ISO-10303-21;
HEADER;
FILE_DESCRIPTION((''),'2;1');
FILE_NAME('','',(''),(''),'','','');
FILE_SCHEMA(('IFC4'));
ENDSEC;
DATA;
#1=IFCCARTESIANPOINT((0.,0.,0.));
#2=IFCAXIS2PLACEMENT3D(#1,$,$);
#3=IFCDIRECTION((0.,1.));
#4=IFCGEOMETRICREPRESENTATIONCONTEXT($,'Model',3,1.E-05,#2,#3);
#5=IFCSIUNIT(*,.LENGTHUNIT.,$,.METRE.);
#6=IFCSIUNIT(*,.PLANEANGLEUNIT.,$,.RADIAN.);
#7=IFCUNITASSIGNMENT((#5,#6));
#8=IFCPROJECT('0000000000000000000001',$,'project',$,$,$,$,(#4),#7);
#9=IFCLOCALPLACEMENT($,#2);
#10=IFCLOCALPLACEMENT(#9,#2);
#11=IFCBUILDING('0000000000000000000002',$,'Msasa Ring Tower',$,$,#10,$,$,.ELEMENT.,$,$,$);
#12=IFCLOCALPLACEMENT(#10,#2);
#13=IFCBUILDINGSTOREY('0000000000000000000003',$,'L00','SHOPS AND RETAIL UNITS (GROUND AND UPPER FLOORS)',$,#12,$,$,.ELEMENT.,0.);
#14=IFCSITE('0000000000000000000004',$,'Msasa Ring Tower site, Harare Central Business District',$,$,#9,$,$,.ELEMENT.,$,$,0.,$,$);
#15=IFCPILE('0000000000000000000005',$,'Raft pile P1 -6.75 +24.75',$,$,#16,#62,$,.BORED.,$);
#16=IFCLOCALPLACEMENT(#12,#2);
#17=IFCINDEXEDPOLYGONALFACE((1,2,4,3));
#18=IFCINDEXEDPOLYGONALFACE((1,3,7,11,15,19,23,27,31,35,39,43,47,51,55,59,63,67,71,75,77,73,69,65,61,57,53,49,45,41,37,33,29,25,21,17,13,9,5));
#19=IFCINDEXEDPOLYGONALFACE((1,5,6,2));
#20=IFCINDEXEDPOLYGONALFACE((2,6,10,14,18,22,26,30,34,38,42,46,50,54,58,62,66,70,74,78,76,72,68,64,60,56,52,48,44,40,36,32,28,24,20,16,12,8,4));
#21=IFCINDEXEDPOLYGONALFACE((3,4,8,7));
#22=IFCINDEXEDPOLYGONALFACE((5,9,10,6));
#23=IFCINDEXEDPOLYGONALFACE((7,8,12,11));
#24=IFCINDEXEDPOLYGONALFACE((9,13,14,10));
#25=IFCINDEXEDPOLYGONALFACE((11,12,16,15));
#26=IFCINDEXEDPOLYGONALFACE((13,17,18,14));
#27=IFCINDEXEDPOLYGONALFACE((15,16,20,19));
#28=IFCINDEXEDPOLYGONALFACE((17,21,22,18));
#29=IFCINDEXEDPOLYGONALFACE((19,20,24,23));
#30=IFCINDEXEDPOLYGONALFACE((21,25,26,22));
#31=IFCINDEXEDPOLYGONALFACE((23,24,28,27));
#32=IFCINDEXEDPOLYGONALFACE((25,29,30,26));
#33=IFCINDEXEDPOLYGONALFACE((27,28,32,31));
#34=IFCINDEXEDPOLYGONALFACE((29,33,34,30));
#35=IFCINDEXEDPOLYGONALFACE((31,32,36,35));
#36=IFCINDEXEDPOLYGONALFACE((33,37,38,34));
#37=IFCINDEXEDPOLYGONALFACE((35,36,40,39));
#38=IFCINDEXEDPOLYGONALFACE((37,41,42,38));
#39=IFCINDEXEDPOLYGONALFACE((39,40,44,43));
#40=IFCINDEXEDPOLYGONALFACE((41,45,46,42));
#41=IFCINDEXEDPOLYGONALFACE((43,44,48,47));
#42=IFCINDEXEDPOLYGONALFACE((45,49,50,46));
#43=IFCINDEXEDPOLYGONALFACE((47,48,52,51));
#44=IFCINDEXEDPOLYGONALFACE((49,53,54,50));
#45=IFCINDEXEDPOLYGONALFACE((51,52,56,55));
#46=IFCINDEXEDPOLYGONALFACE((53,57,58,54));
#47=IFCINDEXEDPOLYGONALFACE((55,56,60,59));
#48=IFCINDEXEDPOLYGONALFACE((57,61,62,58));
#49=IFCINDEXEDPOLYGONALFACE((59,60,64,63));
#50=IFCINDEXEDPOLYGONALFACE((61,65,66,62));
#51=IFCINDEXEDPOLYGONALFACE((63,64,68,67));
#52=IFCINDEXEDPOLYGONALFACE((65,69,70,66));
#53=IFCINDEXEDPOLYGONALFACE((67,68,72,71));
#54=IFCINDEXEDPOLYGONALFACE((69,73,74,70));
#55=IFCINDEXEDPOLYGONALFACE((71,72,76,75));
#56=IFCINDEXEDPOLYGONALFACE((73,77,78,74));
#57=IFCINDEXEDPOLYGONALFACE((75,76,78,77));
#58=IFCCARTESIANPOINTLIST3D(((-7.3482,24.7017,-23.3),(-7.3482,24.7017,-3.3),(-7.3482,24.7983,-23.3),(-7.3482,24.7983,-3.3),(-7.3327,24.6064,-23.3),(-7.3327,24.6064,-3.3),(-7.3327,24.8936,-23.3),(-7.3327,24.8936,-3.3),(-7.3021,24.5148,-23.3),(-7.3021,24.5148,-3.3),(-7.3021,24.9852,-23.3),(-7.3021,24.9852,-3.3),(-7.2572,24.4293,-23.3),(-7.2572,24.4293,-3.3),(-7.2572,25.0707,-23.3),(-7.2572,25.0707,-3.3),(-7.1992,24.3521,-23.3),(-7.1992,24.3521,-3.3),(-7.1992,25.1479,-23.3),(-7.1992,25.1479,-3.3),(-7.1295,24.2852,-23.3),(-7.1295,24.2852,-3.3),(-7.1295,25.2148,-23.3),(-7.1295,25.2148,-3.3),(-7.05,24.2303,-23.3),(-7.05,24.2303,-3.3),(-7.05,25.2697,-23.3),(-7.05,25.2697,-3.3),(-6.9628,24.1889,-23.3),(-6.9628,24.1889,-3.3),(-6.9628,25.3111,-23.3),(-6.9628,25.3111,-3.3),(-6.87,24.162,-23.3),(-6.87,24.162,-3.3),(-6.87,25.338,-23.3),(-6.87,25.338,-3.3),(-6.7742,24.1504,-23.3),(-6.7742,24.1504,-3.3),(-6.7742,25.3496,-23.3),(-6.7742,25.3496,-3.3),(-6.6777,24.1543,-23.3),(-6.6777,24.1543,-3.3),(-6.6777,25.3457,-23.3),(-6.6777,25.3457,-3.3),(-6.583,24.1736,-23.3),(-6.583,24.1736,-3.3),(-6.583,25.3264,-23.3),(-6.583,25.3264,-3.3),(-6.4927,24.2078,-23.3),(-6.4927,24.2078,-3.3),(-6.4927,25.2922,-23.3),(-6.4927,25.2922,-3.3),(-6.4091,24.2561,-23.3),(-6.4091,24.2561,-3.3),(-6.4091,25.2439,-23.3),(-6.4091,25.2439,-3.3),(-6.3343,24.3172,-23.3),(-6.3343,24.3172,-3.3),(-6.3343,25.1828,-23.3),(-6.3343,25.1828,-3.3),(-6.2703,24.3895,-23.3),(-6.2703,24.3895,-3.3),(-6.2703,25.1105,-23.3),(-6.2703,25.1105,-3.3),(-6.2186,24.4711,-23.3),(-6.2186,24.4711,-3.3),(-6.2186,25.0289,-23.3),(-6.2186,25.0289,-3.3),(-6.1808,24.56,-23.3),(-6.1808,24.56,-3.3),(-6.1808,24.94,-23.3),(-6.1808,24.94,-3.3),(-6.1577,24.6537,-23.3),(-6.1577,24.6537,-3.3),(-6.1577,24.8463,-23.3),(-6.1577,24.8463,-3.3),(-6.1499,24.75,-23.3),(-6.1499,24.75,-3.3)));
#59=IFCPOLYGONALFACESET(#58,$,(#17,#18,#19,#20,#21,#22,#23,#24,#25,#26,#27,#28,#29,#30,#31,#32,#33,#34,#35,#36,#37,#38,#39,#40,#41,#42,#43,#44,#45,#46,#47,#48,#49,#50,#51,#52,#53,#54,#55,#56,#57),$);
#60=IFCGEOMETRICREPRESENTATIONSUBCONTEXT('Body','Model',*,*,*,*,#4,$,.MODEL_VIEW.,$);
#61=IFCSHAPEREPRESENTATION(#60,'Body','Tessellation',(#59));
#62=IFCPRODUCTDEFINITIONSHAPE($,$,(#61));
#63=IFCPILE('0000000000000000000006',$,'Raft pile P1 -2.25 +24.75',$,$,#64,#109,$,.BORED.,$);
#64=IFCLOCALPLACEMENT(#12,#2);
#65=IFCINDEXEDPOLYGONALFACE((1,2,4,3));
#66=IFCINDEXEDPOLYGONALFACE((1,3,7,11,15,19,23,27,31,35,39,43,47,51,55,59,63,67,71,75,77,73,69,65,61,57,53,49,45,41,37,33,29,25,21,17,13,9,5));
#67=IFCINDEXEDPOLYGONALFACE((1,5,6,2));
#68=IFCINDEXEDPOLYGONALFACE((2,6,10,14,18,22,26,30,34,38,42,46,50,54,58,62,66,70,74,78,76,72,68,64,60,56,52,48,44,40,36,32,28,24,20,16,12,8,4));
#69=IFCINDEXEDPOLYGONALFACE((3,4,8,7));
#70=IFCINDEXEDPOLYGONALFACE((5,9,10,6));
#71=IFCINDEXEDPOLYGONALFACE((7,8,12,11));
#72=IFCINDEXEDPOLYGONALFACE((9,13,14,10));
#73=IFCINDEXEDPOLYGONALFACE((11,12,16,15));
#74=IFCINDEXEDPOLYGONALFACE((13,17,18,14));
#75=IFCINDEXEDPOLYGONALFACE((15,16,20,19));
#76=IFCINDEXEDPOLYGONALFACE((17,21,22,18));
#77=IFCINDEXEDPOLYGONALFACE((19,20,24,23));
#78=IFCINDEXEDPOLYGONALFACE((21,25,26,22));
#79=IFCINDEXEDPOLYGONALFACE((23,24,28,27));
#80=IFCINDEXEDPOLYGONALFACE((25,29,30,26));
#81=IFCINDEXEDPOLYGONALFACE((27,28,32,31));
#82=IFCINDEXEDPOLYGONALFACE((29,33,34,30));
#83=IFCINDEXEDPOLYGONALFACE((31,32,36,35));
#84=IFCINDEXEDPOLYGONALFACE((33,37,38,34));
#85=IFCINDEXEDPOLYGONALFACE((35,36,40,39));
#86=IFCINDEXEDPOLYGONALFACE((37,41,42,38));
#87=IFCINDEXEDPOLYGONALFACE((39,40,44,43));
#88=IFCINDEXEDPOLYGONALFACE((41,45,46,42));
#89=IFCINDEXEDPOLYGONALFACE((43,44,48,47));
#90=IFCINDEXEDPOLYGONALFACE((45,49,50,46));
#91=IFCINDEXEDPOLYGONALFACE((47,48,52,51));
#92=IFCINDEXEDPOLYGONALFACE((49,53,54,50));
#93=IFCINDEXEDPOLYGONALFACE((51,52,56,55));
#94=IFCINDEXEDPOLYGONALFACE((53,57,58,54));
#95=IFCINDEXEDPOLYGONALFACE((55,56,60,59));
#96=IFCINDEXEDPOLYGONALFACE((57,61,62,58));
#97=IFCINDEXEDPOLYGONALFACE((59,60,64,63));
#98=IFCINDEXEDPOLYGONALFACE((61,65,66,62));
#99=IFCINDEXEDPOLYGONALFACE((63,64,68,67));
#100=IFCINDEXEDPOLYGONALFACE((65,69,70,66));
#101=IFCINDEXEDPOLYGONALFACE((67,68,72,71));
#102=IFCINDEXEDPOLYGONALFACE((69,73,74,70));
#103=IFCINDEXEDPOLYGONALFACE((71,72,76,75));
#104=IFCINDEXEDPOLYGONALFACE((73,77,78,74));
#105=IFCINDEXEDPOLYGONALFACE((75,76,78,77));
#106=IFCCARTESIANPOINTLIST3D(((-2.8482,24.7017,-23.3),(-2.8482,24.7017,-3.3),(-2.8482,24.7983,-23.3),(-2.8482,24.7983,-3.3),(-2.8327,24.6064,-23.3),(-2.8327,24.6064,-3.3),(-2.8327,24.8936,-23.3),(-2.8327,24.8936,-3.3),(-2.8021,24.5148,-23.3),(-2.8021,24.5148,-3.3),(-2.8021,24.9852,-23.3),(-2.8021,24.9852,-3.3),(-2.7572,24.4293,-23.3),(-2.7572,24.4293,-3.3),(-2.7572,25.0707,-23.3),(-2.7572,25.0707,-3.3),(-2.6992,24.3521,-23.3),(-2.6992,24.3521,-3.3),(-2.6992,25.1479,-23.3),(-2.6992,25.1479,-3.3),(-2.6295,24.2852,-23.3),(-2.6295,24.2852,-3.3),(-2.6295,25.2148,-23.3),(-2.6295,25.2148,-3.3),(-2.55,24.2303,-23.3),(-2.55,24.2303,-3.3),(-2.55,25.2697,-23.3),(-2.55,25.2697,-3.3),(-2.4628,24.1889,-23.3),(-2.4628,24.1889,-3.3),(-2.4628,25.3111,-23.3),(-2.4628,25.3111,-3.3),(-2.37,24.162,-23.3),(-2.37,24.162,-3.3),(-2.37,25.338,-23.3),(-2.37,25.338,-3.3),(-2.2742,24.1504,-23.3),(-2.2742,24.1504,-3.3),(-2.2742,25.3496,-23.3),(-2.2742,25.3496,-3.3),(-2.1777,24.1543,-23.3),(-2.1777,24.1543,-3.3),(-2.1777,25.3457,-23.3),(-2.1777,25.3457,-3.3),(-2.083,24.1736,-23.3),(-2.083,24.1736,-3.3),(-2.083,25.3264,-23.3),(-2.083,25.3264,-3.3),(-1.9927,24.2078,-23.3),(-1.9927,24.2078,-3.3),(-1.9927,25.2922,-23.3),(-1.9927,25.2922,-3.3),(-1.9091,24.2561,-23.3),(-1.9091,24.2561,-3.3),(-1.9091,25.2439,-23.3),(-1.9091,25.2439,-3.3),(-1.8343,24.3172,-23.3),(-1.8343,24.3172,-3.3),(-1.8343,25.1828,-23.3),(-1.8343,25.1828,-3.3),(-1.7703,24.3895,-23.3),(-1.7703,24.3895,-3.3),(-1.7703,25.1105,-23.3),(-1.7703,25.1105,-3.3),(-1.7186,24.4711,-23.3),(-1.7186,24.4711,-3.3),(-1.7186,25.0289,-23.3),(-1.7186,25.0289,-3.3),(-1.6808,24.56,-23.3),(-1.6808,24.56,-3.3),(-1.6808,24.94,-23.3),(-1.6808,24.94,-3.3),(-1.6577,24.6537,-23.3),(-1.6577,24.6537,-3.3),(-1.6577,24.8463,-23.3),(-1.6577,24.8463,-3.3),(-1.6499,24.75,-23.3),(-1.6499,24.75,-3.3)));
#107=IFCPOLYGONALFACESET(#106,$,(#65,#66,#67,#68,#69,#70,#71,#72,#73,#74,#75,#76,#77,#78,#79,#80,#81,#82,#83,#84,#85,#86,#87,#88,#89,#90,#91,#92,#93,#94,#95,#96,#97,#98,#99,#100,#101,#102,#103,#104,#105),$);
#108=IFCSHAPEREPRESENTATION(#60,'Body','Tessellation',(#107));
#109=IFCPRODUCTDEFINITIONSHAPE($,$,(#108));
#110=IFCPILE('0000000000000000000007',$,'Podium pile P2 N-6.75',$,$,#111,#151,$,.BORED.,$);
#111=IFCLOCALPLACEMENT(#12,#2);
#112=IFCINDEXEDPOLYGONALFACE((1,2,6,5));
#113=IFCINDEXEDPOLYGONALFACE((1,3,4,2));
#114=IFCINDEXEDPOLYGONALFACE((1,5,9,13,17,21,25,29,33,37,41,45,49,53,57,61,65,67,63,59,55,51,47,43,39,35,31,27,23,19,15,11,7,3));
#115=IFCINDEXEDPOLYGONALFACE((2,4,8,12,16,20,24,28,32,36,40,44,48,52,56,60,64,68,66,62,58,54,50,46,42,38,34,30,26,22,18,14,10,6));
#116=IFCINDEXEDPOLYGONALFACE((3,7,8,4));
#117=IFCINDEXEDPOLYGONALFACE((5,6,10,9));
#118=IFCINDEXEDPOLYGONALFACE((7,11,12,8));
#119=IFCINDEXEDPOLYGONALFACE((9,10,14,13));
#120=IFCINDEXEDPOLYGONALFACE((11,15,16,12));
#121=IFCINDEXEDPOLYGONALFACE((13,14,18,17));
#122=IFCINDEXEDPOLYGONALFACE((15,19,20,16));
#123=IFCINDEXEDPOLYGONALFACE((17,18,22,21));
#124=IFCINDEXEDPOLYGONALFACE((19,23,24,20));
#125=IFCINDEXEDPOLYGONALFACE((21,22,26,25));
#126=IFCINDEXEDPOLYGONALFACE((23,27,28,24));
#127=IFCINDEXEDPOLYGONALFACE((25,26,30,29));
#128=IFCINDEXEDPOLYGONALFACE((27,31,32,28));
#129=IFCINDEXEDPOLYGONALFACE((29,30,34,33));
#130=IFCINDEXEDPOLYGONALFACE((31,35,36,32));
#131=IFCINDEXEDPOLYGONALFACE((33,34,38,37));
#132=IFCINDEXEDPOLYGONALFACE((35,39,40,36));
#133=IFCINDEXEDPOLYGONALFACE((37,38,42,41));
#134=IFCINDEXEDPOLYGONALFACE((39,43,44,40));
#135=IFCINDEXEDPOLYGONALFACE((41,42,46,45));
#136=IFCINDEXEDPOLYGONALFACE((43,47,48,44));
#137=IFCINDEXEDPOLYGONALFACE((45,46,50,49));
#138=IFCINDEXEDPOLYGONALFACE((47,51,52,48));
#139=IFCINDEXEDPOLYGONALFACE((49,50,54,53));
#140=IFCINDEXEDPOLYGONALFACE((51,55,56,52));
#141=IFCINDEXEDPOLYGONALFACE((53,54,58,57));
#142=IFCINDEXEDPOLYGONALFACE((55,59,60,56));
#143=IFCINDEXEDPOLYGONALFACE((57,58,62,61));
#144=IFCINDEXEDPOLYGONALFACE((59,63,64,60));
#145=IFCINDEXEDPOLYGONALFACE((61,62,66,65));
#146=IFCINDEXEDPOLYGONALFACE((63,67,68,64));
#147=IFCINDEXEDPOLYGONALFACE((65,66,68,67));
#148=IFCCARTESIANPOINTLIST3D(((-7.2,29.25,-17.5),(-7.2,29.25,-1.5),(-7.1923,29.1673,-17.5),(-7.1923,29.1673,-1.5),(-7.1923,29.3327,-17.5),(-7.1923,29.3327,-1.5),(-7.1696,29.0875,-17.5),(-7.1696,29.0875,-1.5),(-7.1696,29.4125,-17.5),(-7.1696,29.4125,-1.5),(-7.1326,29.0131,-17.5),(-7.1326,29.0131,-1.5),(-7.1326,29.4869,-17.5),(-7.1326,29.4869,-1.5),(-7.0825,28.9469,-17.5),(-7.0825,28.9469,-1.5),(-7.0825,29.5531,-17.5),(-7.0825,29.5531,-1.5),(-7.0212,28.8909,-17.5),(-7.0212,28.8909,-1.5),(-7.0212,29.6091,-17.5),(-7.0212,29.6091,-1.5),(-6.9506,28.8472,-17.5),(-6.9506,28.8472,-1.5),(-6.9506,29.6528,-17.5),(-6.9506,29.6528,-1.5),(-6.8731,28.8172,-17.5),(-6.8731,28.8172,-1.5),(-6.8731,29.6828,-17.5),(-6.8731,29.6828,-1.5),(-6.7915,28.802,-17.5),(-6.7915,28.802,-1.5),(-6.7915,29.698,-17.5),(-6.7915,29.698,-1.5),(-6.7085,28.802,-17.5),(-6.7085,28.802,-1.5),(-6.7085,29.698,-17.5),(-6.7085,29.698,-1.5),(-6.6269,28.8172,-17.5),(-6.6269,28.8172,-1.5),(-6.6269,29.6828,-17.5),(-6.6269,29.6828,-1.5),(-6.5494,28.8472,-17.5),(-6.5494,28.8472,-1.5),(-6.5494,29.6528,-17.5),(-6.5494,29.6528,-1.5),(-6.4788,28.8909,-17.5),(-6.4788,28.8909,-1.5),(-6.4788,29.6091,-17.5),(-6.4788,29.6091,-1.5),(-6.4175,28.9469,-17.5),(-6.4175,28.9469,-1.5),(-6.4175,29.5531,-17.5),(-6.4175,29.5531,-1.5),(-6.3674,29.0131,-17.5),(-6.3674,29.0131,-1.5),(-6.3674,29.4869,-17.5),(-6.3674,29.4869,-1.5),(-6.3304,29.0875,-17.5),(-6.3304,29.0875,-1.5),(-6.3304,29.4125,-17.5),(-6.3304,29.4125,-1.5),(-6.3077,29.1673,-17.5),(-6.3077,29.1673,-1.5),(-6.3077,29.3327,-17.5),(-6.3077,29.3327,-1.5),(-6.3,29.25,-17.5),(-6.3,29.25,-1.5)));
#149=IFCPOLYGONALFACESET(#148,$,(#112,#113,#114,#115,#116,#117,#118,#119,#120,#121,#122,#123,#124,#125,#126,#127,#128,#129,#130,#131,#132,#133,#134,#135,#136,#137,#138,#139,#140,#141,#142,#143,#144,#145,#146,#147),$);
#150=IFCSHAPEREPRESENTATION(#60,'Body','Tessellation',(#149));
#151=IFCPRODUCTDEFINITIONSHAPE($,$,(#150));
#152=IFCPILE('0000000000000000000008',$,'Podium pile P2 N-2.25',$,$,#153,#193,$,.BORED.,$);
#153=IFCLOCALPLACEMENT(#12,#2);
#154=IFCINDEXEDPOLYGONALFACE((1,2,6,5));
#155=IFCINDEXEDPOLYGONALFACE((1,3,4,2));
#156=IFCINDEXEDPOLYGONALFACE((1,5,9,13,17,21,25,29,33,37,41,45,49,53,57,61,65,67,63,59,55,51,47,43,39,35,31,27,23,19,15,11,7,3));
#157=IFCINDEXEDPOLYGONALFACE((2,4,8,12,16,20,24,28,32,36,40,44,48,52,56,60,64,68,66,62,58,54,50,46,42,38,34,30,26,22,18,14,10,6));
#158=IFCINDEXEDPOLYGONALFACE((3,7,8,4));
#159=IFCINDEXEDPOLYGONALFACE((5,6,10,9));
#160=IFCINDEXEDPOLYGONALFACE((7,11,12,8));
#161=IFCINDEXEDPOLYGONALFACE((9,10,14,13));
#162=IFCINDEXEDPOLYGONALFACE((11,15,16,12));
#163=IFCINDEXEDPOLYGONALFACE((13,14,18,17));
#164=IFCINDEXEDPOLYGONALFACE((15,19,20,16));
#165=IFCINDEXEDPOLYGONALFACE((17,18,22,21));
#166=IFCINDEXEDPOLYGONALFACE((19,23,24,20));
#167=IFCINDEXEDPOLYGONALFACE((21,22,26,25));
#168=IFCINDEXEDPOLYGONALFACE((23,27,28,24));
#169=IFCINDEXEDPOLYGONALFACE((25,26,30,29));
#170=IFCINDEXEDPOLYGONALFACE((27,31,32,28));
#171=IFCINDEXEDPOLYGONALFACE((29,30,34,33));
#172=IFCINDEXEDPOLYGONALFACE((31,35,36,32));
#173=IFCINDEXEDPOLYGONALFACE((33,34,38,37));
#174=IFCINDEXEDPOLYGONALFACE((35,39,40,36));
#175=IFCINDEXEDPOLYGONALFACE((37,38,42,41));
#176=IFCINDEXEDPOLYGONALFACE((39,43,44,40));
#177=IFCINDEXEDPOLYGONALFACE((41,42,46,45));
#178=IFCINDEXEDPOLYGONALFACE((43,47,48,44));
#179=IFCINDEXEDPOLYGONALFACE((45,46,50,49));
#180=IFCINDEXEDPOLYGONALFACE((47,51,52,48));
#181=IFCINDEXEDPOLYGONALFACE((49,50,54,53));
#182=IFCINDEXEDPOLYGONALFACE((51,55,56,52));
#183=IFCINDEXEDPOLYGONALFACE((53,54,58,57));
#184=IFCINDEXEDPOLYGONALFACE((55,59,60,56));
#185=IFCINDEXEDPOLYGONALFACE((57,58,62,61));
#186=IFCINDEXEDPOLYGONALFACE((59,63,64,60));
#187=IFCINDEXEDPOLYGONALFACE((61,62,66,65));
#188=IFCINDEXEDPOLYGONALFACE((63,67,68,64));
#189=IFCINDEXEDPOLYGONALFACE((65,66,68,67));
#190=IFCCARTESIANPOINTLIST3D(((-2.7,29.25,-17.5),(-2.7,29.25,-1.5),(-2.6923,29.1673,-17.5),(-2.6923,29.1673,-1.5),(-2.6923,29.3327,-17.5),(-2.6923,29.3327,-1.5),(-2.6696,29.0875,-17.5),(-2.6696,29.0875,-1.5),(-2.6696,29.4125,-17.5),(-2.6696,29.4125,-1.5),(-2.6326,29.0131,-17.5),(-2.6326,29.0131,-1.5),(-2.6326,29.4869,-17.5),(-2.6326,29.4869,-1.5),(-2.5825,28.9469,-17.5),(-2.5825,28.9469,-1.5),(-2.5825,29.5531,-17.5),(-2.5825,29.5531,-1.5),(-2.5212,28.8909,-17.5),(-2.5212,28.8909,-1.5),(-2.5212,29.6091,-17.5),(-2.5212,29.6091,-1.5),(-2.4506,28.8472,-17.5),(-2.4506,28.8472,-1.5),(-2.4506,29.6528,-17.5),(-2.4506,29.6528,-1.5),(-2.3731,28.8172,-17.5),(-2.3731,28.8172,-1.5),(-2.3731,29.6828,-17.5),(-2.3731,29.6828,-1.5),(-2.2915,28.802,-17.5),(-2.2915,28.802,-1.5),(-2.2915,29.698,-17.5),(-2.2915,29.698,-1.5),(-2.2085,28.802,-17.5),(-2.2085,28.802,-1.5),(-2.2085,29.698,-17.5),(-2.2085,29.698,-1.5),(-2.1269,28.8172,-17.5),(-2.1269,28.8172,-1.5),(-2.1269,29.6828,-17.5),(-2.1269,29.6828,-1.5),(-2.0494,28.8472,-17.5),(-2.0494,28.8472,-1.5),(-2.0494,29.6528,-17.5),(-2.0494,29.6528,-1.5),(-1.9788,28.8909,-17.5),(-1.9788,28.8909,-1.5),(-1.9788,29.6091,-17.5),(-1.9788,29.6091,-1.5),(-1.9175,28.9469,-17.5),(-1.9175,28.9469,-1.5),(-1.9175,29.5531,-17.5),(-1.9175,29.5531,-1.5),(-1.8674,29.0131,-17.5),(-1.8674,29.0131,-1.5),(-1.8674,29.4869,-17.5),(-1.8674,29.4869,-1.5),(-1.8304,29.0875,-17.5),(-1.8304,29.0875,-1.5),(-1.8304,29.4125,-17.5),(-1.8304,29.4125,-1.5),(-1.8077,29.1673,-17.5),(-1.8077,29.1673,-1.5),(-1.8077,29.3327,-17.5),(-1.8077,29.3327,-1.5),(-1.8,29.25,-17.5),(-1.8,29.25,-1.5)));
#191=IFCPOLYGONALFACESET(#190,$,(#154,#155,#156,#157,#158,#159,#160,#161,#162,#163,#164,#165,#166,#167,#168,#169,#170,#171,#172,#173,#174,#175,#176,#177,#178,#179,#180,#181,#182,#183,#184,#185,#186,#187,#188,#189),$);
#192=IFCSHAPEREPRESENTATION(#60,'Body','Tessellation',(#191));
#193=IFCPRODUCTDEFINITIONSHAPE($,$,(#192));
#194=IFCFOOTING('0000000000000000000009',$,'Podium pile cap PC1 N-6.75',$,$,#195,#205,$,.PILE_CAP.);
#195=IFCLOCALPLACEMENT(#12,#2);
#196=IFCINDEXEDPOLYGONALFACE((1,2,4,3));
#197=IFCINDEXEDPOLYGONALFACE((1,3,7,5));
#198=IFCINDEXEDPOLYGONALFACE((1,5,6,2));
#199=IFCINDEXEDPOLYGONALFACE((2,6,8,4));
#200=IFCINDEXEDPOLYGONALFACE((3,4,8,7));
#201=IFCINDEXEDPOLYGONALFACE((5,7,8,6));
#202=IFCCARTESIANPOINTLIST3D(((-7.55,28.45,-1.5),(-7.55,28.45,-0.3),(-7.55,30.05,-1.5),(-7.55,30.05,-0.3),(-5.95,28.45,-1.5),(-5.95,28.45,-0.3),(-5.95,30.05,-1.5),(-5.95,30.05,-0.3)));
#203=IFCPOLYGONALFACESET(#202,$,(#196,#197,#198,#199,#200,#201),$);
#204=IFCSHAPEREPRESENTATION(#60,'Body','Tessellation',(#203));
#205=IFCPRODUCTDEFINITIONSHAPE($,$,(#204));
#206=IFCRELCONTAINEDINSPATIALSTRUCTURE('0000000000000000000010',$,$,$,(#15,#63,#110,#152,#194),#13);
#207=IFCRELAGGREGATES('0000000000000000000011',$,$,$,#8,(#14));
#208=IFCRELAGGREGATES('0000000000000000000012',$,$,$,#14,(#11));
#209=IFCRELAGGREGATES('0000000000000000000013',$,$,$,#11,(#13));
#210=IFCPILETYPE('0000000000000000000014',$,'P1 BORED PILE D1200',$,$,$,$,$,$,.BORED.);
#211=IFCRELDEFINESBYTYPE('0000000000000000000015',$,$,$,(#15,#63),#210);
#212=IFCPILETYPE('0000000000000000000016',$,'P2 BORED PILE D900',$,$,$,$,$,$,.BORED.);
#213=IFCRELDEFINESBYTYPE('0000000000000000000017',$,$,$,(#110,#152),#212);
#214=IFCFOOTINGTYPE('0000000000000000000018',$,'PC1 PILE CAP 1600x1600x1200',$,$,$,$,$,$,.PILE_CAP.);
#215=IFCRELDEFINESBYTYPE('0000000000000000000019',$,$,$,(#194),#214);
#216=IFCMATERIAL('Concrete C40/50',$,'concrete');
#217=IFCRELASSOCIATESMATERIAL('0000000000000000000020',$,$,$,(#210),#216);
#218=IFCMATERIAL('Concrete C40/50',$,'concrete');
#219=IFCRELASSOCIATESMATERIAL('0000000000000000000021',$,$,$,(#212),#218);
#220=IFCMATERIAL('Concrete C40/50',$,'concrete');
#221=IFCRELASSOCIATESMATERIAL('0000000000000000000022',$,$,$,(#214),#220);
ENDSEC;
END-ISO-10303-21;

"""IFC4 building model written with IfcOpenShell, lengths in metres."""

from ifc_helpers import new_model, si_unit, direction, frame, origin, origin_2d, place, context, subcontext, project, spatial, rectangle, circle, extrude, material, material_profile, profile_set, type_object, element, save


model = new_model("IFC4")

# Units and contexts
model_context = context("Model", 3, precision=1e-05, world=origin(), true_north=direction((0.0, 1.0)))
body_context = subcontext(model_context, "Body", "Model", "MODEL_VIEW")
ifc_project = project(units=[si_unit("LENGTHUNIT", "METRE"), si_unit("PLANEANGLEUNIT", "RADIAN")], contexts=[model_context])

# Site, building, storey
site_placement = place(None, origin())
site = spatial("IfcSite", under=ifc_project, at=site_placement, Name="Msasa Ring Tower site, Harare Central Business District", CompositionType="ELEMENT", RefElevation=0.0)
building_placement = place(site_placement, origin())
building = spatial("IfcBuilding", under=site, at=building_placement, Name="Msasa Ring Tower", CompositionType="ELEMENT")
storey_placement = place(building_placement, origin())
storey = spatial("IfcBuildingStorey", under=building, at=storey_placement, Name="L00", Description="SHOPS AND RETAIL UNITS (GROUND AND UPPER FLOORS)", CompositionType="ELEMENT", Elevation=0.0)

# Piles
ifc_material_1 = material(Name="Concrete C40/50", Category="concrete")
ifc_material_profile_1 = material_profile(ifc_material_1, circle(Radius=0.6001, at=origin_2d()), Name="D1200")
ifc_profile_set_1 = profile_set([ifc_material_profile_1], Name="Concrete C40/50")
pile_type_1 = type_object("IfcPileType", Name="P1 BORED PILE D1200", PredefinedType="BORED", material=ifc_profile_set_1)
for number, where, z_axis, x_axis, name in (
    (1, (-6.75, 24.75, -3.3), (0.0, 0.0, -1.0), (1.0, 0.0, 0.0), "Raft pile P1 -6.75 +24.75"),
    (2, (-2.25, 24.75, -3.3), (0.0, 0.0, -1.0), (1.0, 0.0, 0.0), "Raft pile P1 -2.25 +24.75"),
):
    element("IfcPile", number, at=place(storey_placement, frame(where, z_axis=z_axis, x_axis=x_axis)), inside=storey, type_object=pile_type_1, Name=name, PredefinedType="BORED", context=body_context, shape_type="SweptSolid", body=[
        extrude(circle(Radius=0.6001, at=origin_2d()), origin(), (0.0, 0.0, 1.0), 20.0),
    ])
ifc_material_2 = material(Name="Concrete C40/50", Category="concrete")
ifc_material_profile_2 = material_profile(ifc_material_2, circle(Radius=0.45, at=origin_2d()), Name="D900")
ifc_profile_set_2 = profile_set([ifc_material_profile_2], Name="Concrete C40/50")
pile_type_2 = type_object("IfcPileType", Name="P2 BORED PILE D900", PredefinedType="BORED", material=ifc_profile_set_2)
for number, where, z_axis, x_axis, name in (
    (3, (-6.75, 29.25, -1.5), (0.0, 0.0, -1.0), (1.0, 0.0, 0.0), "Podium pile P2 N-6.75"),
    (4, (-2.25, 29.25, -1.5), (0.0, 0.0, -1.0), (1.0, 0.0, 0.0), "Podium pile P2 N-2.25"),
):
    element("IfcPile", number, at=place(storey_placement, frame(where, z_axis=z_axis, x_axis=x_axis)), inside=storey, type_object=pile_type_2, Name=name, PredefinedType="BORED", context=body_context, shape_type="SweptSolid", body=[
        extrude(circle(Radius=0.45, at=origin_2d()), origin(), (0.0, 0.0, 1.0), 16.0),
    ])

# Footing
ifc_material_3 = material(Name="Concrete C40/50", Category="concrete")
footing_type = type_object("IfcFootingType", Name="PC1 PILE CAP 1600x1600x1200", PredefinedType="PILE_CAP", material=ifc_material_3)
for number, where, z_axis, x_axis, name in (
    (5, (-6.75, 29.25, -1.5), (0.0, 0.0, 1.0), (1.0, 0.0, 0.0), "Podium pile cap PC1 N-6.75"),
):
    element("IfcFooting", number, at=place(storey_placement, frame(where, z_axis=z_axis, x_axis=x_axis)), inside=storey, type_object=footing_type, Name=name, PredefinedType="PILE_CAP", context=body_context, shape_type="SweptSolid", body=[
        extrude(rectangle(XDim=1.6001, YDim=1.6001, at=origin_2d()), origin(), (0.0, 0.0, 1.0), 1.2),
    ])

save(model, "model.ifc")
